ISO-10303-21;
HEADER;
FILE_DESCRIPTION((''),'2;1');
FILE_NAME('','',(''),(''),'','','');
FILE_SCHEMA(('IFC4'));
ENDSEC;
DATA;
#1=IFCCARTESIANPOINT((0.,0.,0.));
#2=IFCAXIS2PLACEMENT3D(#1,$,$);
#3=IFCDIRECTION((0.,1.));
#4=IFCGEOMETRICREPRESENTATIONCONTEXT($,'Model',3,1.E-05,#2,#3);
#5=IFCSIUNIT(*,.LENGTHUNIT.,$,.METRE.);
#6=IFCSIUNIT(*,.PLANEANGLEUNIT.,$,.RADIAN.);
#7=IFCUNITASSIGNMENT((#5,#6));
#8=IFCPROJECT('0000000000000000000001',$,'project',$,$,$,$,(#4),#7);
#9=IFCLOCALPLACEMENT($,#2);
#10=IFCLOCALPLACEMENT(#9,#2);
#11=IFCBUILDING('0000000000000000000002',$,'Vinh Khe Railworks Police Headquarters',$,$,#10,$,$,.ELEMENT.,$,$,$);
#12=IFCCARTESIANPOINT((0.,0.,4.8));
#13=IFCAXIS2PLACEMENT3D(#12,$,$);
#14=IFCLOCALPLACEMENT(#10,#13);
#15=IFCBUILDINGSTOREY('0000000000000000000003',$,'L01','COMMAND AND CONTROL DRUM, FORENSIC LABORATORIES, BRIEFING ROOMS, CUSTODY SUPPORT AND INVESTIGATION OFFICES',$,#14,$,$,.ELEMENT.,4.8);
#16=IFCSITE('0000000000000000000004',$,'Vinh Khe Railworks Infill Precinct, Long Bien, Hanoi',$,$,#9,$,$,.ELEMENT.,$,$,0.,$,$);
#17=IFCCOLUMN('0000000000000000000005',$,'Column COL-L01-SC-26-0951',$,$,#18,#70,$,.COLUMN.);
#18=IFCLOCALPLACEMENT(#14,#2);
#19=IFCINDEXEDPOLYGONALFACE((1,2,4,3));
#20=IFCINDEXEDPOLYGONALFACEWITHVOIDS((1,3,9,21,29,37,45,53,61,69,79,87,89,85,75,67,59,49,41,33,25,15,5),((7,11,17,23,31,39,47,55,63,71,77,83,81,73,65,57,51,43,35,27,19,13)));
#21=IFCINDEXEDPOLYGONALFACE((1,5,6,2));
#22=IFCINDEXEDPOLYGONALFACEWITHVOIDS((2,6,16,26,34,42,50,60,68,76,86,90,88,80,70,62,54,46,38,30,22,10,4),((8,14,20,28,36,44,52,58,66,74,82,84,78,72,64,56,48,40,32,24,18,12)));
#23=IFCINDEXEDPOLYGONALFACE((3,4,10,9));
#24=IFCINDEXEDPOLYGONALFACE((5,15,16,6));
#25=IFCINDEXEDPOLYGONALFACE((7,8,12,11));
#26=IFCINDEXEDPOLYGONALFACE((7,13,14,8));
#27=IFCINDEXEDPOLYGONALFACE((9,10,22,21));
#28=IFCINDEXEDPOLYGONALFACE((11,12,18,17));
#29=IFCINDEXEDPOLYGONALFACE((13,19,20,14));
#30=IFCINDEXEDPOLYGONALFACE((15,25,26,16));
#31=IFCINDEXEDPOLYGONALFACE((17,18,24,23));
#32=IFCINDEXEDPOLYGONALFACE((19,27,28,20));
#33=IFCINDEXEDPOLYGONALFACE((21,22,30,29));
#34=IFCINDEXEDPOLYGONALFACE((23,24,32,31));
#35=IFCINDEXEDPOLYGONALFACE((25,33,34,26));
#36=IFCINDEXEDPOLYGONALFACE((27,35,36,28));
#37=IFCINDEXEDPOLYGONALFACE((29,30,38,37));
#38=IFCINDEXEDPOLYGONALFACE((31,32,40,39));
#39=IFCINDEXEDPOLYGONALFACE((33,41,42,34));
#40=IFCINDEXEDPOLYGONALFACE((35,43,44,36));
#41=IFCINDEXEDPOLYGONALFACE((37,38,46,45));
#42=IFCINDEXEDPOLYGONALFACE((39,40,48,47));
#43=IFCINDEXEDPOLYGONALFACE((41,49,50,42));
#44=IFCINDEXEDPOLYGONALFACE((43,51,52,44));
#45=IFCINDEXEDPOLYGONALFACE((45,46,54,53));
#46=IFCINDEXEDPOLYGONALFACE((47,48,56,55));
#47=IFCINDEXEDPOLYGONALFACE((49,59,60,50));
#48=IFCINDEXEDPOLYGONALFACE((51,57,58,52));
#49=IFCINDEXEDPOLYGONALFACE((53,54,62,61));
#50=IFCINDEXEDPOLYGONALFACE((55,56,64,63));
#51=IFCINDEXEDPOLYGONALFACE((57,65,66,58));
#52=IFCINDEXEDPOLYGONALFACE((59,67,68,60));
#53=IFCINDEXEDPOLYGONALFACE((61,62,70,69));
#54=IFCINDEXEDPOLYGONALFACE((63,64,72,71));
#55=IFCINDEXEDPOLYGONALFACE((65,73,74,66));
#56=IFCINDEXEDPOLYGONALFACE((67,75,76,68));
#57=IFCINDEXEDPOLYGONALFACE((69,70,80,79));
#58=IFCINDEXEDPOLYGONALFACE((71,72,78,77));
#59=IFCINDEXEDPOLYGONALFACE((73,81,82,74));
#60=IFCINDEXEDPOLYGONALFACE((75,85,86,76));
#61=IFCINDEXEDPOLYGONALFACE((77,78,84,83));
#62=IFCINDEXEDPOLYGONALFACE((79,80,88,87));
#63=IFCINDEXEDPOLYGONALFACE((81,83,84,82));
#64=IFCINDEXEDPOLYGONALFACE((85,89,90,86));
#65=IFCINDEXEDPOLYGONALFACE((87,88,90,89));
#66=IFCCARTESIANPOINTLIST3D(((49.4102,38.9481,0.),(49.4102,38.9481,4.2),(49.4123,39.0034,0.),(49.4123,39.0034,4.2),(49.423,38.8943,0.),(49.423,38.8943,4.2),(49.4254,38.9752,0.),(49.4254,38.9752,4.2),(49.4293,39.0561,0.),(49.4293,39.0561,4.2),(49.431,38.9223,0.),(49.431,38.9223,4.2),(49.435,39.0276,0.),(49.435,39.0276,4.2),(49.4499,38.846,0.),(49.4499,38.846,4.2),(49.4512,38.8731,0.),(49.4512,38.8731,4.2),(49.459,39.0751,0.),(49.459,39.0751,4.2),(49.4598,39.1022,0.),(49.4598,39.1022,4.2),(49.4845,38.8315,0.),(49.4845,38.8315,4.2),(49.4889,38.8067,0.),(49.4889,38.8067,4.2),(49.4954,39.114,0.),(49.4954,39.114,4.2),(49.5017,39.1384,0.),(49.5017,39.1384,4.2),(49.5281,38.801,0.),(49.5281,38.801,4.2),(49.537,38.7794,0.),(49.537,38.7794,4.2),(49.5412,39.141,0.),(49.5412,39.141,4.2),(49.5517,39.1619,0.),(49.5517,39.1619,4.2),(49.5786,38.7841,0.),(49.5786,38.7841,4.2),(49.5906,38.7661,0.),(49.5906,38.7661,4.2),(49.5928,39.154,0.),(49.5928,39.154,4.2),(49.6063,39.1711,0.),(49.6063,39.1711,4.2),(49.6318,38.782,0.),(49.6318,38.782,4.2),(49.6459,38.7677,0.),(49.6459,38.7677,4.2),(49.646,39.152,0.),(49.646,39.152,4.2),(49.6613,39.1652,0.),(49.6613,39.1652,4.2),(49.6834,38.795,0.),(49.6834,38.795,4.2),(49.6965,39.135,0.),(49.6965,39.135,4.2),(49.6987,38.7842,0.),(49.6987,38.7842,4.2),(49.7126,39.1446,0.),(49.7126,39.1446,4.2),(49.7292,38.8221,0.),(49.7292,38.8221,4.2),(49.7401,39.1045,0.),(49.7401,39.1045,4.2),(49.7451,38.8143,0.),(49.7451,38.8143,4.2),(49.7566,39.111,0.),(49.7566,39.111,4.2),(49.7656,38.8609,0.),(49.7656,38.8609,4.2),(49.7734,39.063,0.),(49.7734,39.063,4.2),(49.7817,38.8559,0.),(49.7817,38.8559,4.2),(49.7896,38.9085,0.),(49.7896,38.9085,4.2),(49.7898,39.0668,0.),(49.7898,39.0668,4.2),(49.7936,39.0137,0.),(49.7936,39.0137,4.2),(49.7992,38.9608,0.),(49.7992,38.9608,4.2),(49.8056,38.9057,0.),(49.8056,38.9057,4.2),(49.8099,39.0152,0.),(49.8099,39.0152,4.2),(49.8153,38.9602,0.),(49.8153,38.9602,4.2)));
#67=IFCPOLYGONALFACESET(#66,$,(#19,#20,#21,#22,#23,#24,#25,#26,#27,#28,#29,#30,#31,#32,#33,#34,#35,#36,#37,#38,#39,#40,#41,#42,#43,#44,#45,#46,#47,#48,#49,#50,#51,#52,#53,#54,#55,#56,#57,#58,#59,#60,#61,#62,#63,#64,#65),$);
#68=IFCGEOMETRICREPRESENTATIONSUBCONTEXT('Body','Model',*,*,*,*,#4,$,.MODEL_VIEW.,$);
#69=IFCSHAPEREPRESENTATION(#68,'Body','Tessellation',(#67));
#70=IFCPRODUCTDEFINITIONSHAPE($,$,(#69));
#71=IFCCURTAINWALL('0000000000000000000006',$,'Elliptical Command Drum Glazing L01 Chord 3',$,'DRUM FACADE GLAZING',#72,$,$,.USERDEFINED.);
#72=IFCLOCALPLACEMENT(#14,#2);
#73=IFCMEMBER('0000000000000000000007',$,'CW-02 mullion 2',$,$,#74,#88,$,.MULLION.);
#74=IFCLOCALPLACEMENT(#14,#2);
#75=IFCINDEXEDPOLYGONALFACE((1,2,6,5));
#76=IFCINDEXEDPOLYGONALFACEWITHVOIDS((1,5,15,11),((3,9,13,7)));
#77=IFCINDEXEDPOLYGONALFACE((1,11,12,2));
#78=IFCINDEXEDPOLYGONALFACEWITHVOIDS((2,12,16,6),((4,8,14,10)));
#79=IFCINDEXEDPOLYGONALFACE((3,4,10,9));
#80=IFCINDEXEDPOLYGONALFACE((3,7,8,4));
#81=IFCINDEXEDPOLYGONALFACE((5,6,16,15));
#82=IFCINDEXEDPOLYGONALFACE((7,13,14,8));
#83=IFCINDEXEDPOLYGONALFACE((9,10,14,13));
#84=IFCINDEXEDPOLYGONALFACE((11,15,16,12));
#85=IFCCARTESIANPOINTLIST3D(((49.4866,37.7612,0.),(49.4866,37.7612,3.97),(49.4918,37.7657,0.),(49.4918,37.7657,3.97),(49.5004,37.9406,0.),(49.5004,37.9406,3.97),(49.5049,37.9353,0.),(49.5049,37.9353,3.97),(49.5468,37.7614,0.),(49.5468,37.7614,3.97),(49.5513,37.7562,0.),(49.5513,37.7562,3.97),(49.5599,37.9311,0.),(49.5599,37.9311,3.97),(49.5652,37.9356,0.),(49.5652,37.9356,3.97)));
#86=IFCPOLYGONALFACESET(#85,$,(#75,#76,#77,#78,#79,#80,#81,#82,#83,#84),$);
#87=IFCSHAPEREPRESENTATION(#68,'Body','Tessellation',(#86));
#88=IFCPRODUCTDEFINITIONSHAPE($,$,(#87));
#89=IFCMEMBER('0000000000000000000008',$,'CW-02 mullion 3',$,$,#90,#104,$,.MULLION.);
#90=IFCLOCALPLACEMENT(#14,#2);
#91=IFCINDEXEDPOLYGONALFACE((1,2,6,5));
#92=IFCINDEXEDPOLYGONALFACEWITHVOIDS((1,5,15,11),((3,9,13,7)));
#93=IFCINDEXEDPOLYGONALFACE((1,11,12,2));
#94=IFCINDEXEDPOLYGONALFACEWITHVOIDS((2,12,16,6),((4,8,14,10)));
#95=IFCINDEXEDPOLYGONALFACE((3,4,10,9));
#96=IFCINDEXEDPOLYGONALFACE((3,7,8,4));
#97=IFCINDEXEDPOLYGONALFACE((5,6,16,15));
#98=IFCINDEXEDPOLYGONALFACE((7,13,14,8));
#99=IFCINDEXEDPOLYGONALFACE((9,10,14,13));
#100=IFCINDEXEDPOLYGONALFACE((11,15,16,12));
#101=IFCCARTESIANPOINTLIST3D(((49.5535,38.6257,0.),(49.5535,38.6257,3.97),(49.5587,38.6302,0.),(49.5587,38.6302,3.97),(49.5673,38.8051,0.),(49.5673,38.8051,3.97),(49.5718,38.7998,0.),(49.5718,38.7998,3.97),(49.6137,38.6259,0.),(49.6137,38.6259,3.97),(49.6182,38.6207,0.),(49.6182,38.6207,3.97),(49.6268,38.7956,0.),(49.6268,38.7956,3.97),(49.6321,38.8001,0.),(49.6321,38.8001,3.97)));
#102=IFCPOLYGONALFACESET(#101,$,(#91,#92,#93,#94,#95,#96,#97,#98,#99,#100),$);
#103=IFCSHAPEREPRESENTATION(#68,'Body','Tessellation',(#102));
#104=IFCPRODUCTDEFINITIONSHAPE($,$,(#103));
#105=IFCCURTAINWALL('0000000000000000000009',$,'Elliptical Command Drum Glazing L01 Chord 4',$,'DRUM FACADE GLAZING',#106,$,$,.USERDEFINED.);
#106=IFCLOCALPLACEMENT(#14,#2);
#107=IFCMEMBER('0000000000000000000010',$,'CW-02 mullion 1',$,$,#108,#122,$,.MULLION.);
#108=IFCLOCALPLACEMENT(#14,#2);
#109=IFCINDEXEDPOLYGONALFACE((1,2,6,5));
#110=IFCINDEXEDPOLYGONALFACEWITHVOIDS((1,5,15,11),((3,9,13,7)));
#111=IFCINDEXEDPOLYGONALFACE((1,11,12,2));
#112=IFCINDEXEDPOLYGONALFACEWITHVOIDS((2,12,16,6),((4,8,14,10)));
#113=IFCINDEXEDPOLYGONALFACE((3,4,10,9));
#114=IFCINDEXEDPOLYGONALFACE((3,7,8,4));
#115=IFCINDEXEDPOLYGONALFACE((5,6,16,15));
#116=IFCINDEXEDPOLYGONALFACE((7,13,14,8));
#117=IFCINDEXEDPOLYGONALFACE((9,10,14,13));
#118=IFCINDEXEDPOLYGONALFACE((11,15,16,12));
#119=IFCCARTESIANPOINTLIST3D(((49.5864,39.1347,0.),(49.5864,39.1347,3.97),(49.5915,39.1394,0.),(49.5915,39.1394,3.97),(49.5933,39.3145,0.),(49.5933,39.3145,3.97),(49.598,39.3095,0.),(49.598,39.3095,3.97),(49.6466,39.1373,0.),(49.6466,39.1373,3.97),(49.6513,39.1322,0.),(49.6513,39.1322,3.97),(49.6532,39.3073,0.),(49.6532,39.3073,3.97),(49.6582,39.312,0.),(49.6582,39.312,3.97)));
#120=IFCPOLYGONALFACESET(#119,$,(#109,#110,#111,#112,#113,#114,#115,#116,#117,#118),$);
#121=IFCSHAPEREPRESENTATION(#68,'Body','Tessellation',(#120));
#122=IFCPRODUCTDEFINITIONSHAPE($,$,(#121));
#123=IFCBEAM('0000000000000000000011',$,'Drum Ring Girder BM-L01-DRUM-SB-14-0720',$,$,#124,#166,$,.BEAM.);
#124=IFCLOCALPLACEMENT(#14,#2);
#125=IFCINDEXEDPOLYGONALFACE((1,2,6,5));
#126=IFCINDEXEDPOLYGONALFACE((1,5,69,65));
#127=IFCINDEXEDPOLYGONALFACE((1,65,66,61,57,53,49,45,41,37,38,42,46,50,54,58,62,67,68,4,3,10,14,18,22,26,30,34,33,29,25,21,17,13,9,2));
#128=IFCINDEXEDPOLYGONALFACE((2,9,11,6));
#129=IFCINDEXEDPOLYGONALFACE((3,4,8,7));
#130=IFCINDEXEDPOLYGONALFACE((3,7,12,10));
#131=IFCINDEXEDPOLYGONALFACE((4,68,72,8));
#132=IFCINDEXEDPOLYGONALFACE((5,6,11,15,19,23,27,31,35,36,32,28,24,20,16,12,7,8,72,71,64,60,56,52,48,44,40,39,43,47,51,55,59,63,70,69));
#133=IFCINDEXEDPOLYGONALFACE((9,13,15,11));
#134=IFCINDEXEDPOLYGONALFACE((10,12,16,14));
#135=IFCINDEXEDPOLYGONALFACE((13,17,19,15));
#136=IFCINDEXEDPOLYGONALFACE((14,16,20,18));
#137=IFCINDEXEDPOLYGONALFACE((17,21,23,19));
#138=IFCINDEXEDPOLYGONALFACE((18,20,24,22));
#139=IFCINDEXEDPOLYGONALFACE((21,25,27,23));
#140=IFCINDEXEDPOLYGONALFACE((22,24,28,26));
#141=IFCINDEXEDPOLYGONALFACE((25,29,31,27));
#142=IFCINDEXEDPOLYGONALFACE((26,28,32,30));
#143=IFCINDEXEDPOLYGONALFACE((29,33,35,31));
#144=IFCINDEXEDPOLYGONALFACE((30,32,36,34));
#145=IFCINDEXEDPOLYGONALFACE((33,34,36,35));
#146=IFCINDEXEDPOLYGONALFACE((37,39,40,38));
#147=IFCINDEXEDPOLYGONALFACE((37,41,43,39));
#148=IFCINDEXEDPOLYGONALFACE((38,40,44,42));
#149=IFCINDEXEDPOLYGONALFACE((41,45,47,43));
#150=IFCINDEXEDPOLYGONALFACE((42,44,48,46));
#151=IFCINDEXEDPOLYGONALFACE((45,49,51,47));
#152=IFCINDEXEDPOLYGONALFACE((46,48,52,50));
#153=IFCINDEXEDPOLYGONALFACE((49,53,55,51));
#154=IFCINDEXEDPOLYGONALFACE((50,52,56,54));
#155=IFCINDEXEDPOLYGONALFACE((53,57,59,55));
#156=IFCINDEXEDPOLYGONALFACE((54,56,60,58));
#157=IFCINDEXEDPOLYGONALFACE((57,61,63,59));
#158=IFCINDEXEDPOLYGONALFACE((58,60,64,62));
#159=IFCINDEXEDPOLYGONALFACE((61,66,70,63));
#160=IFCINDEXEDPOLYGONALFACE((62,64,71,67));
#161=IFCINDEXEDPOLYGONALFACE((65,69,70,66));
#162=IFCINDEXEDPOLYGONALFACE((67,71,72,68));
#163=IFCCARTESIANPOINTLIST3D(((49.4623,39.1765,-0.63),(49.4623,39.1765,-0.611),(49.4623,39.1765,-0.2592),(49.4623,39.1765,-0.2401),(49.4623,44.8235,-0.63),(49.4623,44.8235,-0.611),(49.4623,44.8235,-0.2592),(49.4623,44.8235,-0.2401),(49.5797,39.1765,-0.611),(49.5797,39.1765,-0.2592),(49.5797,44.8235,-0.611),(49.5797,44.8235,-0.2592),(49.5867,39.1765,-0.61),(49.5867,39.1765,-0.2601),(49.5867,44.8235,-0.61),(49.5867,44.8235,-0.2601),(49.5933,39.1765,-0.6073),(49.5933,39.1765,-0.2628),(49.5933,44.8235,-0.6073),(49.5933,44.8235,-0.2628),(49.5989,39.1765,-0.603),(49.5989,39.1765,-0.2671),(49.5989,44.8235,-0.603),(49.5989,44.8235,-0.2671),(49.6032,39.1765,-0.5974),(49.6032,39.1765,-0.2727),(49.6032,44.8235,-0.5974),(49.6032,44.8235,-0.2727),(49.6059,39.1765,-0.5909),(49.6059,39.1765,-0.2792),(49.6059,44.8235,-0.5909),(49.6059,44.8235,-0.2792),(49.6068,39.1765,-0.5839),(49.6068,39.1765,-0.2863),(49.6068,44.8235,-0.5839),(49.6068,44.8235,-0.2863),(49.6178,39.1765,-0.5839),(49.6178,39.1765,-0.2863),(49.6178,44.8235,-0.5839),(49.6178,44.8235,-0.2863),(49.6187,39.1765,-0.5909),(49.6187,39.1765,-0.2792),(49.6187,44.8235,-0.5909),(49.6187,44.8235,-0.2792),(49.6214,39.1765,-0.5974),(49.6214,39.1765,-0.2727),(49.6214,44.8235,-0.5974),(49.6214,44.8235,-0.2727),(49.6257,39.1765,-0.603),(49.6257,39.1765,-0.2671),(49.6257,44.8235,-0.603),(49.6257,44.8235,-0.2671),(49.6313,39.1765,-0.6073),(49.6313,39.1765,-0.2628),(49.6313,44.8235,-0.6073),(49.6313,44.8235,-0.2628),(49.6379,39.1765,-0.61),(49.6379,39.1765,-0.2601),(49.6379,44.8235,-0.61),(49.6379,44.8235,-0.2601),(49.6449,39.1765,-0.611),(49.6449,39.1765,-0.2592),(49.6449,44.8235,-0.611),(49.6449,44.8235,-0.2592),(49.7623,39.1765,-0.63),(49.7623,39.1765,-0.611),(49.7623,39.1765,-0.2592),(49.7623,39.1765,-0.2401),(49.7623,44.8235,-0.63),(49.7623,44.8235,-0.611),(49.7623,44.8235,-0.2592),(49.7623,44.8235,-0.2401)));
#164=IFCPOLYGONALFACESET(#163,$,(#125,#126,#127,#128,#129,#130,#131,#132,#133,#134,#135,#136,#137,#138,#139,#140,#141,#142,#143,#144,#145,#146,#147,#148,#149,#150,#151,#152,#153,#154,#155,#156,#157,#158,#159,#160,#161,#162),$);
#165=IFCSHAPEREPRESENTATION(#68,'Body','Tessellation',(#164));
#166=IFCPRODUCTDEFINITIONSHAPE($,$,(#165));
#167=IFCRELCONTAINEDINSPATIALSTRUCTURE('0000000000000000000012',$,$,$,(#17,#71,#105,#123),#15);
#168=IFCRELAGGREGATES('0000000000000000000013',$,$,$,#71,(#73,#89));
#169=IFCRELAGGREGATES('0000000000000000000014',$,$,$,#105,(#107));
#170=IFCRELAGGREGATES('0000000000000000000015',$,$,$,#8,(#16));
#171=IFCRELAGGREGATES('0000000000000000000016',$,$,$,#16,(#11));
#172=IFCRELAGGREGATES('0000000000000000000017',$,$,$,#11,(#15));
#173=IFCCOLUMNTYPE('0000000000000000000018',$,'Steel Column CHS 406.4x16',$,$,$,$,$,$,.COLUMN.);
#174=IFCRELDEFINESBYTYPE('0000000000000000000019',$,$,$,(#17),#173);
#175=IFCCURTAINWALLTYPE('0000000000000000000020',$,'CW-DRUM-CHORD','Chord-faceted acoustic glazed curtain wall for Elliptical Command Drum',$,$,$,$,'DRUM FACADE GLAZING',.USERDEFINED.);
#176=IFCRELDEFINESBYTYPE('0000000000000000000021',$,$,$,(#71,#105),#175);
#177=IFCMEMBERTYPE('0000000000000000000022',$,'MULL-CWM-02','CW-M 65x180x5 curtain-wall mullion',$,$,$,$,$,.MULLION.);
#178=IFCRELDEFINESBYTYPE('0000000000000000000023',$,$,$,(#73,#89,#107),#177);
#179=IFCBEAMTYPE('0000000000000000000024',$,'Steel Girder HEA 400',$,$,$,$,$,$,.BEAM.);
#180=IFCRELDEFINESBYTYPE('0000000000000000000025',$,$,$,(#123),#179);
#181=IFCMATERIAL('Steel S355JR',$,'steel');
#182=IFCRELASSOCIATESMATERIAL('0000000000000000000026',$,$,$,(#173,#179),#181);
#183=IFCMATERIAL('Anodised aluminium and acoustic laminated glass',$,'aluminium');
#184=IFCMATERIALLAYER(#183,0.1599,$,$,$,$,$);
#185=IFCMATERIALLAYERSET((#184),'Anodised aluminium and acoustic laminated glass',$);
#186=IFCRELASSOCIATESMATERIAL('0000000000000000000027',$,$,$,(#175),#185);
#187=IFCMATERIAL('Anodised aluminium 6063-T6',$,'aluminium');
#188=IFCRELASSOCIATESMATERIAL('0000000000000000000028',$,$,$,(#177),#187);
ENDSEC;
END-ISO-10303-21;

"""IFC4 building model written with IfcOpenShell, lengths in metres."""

from ifc_helpers import new_model, si_unit, direction, frame, origin, origin_2d, place, context, subcontext, project, spatial, hollow_rectangle, hollow_circle, i_section, extrude, material, layer, layer_set, material_profile, profile_set, type_object, element, aggregate, save


model = new_model("IFC4")

# Units and contexts
model_context = context("Model", 3, precision=1e-05, world=origin(), true_north=direction((0.0, 1.0)))
body_context = subcontext(model_context, "Body", "Model", "MODEL_VIEW")
ifc_project = project(units=[si_unit("LENGTHUNIT", "METRE"), si_unit("PLANEANGLEUNIT", "RADIAN")], contexts=[model_context])

# Site, building, storey
site_placement = place(None, origin())
site = spatial("IfcSite", under=ifc_project, at=site_placement, Name="Vinh Khe Railworks Infill Precinct, Long Bien, Hanoi", CompositionType="ELEMENT", RefElevation=0.0)
building_placement = place(site_placement, origin())
building = spatial("IfcBuilding", under=site, at=building_placement, Name="Vinh Khe Railworks Police Headquarters", CompositionType="ELEMENT")
storey_placement = place(building_placement, frame((0.0, 0.0, 4.8)))
storey = spatial("IfcBuildingStorey", under=building, at=storey_placement, Name="L01", Description="COMMAND AND CONTROL DRUM, FORENSIC LABORATORIES, BRIEFING ROOMS, CUSTODY SUPPORT AND INVESTIGATION OFFICES", CompositionType="ELEMENT", Elevation=4.8)

# Column
ifc_material_1 = material(Name="Steel S355JR", Category="steel")
ifc_material_profile_1 = material_profile(ifc_material_1, hollow_circle(Radius=0.2031, WallThickness=0.0161, at=origin_2d()), Name="CHS 406.4x16")
ifc_profile_set_1 = profile_set([ifc_material_profile_1], Name="Steel S355JR")
column_type = type_object("IfcColumnType", Name="Steel Column CHS 406.4x16", PredefinedType="COLUMN", material=ifc_profile_set_1)
column_placement = place(storey_placement, frame((49.6123, 38.968, 0.0), z_axis=(0.0, 0.0, 1.0), x_axis=(0.999256, -0.038562, 0.0)))
element("IfcColumn", 1, at=column_placement, inside=storey, type_object=column_type, Name="Column COL-L01-SC-26-0951", PredefinedType="COLUMN", context=body_context, shape_type="SweptSolid", body=[
    extrude(hollow_circle(Radius=0.2031, WallThickness=0.0161, at=origin_2d()), origin(), (0.0, 0.0, 1.0), 4.2),
])

# Curtain wall, members
ifc_material_2 = material(Name="Anodised aluminium and acoustic laminated glass", Category="aluminium")
ifc_layer_1 = layer(ifc_material_2, 0.1599)
ifc_layer_set_1 = layer_set([ifc_layer_1], Name="Anodised aluminium and acoustic laminated glass")
curtain_wall_type = type_object("IfcCurtainWallType", Name="CW-DRUM-CHORD", Description="Chord-faceted acoustic glazed curtain wall for Elliptical Command Drum", ElementType="DRUM FACADE GLAZING", PredefinedType="USERDEFINED", material=ifc_layer_set_1)
curtain_wall_1_placement = place(storey_placement, origin())
curtain_wall_1 = element("IfcCurtainWall", 2, at=curtain_wall_1_placement, inside=storey, type_object=curtain_wall_type, Name="Elliptical Command Drum Glazing L01 Chord 3", ObjectType="DRUM FACADE GLAZING", PredefinedType="USERDEFINED")
ifc_material_3 = material(Name="Anodised aluminium 6063-T6", Category="aluminium")
ifc_material_profile_2 = material_profile(ifc_material_3, hollow_rectangle(XDim=0.0649, YDim=0.1799, WallThickness=0.0049, at=origin_2d()), Name="CW-M 65x180x5")
ifc_profile_set_2 = profile_set([ifc_material_profile_2], Name="Anodised aluminium 6063-T6")
member_type_1 = type_object("IfcMemberType", Name="MULL-CWM-02", Description="CW-M 65x180x5 curtain-wall mullion", PredefinedType="MULLION", material=ifc_profile_set_2)
member_1_placement = place(storey_placement, frame((49.5259, 37.8484, 0.0), z_axis=(0.0, 0.0, 1.0), x_axis=(-0.997033, 0.076972, 0.0)))
member_1 = element("IfcMember", 3, at=member_1_placement, type_object=member_type_1, Name="CW-02 mullion 2", PredefinedType="MULLION", context=body_context, shape_type="SweptSolid", body=[
    extrude(hollow_rectangle(XDim=0.0649, YDim=0.1799, WallThickness=0.0049, at=origin_2d()), origin(), (0.0, 0.0, 1.0), 3.97),
])
member_2_placement = place(storey_placement, frame((49.5928, 38.7129, 0.0), z_axis=(0.0, 0.0, 1.0), x_axis=(-0.997033, 0.076972, 0.0)))
member_2 = element("IfcMember", 4, at=member_2_placement, type_object=member_type_1, Name="CW-02 mullion 3", PredefinedType="MULLION", context=body_context, shape_type="SweptSolid", body=[
    extrude(hollow_rectangle(XDim=0.0649, YDim=0.1799, WallThickness=0.0049, at=origin_2d()), origin(), (0.0, 0.0, 1.0), 3.97),
])

# Curtain wall, member
curtain_wall_2_placement = place(storey_placement, origin())
curtain_wall_2 = element("IfcCurtainWall", 5, at=curtain_wall_2_placement, inside=storey, type_object=curtain_wall_type, Name="Elliptical Command Drum Glazing L01 Chord 4", ObjectType="DRUM FACADE GLAZING", PredefinedType="USERDEFINED")
member_3_placement = place(storey_placement, frame((49.6223, 39.2234, 0.0), z_axis=(0.0, 0.0, 1.0), x_axis=(-0.999258, 0.038512, 0.0)))
member_3 = element("IfcMember", 6, at=member_3_placement, type_object=member_type_1, Name="CW-02 mullion 1", PredefinedType="MULLION", context=body_context, shape_type="SweptSolid", body=[
    extrude(hollow_rectangle(XDim=0.0649, YDim=0.1799, WallThickness=0.0049, at=origin_2d()), origin(), (0.0, 0.0, 1.0), 3.97),
])

# Beam
ifc_material_profile_3 = material_profile(ifc_material_1, i_section(OverallWidth=0.3, OverallDepth=0.3899, WebThickness=0.011, FlangeThickness=0.019, FilletRadius=0.0271, at=origin_2d()), Name="HEA 400")
ifc_profile_set_3 = profile_set([ifc_material_profile_3], Name="Steel S355JR")
beam_type_1 = type_object("IfcBeamType", Name="Steel Girder HEA 400", PredefinedType="BEAM", material=ifc_profile_set_3)
beam_1_placement = place(storey_placement, frame((49.6123, 39.1765, -0.4351), z_axis=(0.0, 1.0, 0.0), x_axis=(-1.0, 0.0, 0.0)))
element("IfcBeam", 7, at=beam_1_placement, inside=storey, type_object=beam_type_1, Name="Drum Ring Girder BM-L01-DRUM-SB-14-0720", PredefinedType="BEAM", context=body_context, shape_type="SweptSolid", body=[
    extrude(i_section(OverallWidth=0.3, OverallDepth=0.3899, WebThickness=0.011, FlangeThickness=0.019, FilletRadius=0.0271, at=origin_2d()), origin(), (0.0, 0.0, 1.0), 5.647),
])

aggregate(curtain_wall_1, [member_1, member_2])
aggregate(curtain_wall_2, [member_3])

save(model, "model.ifc")
